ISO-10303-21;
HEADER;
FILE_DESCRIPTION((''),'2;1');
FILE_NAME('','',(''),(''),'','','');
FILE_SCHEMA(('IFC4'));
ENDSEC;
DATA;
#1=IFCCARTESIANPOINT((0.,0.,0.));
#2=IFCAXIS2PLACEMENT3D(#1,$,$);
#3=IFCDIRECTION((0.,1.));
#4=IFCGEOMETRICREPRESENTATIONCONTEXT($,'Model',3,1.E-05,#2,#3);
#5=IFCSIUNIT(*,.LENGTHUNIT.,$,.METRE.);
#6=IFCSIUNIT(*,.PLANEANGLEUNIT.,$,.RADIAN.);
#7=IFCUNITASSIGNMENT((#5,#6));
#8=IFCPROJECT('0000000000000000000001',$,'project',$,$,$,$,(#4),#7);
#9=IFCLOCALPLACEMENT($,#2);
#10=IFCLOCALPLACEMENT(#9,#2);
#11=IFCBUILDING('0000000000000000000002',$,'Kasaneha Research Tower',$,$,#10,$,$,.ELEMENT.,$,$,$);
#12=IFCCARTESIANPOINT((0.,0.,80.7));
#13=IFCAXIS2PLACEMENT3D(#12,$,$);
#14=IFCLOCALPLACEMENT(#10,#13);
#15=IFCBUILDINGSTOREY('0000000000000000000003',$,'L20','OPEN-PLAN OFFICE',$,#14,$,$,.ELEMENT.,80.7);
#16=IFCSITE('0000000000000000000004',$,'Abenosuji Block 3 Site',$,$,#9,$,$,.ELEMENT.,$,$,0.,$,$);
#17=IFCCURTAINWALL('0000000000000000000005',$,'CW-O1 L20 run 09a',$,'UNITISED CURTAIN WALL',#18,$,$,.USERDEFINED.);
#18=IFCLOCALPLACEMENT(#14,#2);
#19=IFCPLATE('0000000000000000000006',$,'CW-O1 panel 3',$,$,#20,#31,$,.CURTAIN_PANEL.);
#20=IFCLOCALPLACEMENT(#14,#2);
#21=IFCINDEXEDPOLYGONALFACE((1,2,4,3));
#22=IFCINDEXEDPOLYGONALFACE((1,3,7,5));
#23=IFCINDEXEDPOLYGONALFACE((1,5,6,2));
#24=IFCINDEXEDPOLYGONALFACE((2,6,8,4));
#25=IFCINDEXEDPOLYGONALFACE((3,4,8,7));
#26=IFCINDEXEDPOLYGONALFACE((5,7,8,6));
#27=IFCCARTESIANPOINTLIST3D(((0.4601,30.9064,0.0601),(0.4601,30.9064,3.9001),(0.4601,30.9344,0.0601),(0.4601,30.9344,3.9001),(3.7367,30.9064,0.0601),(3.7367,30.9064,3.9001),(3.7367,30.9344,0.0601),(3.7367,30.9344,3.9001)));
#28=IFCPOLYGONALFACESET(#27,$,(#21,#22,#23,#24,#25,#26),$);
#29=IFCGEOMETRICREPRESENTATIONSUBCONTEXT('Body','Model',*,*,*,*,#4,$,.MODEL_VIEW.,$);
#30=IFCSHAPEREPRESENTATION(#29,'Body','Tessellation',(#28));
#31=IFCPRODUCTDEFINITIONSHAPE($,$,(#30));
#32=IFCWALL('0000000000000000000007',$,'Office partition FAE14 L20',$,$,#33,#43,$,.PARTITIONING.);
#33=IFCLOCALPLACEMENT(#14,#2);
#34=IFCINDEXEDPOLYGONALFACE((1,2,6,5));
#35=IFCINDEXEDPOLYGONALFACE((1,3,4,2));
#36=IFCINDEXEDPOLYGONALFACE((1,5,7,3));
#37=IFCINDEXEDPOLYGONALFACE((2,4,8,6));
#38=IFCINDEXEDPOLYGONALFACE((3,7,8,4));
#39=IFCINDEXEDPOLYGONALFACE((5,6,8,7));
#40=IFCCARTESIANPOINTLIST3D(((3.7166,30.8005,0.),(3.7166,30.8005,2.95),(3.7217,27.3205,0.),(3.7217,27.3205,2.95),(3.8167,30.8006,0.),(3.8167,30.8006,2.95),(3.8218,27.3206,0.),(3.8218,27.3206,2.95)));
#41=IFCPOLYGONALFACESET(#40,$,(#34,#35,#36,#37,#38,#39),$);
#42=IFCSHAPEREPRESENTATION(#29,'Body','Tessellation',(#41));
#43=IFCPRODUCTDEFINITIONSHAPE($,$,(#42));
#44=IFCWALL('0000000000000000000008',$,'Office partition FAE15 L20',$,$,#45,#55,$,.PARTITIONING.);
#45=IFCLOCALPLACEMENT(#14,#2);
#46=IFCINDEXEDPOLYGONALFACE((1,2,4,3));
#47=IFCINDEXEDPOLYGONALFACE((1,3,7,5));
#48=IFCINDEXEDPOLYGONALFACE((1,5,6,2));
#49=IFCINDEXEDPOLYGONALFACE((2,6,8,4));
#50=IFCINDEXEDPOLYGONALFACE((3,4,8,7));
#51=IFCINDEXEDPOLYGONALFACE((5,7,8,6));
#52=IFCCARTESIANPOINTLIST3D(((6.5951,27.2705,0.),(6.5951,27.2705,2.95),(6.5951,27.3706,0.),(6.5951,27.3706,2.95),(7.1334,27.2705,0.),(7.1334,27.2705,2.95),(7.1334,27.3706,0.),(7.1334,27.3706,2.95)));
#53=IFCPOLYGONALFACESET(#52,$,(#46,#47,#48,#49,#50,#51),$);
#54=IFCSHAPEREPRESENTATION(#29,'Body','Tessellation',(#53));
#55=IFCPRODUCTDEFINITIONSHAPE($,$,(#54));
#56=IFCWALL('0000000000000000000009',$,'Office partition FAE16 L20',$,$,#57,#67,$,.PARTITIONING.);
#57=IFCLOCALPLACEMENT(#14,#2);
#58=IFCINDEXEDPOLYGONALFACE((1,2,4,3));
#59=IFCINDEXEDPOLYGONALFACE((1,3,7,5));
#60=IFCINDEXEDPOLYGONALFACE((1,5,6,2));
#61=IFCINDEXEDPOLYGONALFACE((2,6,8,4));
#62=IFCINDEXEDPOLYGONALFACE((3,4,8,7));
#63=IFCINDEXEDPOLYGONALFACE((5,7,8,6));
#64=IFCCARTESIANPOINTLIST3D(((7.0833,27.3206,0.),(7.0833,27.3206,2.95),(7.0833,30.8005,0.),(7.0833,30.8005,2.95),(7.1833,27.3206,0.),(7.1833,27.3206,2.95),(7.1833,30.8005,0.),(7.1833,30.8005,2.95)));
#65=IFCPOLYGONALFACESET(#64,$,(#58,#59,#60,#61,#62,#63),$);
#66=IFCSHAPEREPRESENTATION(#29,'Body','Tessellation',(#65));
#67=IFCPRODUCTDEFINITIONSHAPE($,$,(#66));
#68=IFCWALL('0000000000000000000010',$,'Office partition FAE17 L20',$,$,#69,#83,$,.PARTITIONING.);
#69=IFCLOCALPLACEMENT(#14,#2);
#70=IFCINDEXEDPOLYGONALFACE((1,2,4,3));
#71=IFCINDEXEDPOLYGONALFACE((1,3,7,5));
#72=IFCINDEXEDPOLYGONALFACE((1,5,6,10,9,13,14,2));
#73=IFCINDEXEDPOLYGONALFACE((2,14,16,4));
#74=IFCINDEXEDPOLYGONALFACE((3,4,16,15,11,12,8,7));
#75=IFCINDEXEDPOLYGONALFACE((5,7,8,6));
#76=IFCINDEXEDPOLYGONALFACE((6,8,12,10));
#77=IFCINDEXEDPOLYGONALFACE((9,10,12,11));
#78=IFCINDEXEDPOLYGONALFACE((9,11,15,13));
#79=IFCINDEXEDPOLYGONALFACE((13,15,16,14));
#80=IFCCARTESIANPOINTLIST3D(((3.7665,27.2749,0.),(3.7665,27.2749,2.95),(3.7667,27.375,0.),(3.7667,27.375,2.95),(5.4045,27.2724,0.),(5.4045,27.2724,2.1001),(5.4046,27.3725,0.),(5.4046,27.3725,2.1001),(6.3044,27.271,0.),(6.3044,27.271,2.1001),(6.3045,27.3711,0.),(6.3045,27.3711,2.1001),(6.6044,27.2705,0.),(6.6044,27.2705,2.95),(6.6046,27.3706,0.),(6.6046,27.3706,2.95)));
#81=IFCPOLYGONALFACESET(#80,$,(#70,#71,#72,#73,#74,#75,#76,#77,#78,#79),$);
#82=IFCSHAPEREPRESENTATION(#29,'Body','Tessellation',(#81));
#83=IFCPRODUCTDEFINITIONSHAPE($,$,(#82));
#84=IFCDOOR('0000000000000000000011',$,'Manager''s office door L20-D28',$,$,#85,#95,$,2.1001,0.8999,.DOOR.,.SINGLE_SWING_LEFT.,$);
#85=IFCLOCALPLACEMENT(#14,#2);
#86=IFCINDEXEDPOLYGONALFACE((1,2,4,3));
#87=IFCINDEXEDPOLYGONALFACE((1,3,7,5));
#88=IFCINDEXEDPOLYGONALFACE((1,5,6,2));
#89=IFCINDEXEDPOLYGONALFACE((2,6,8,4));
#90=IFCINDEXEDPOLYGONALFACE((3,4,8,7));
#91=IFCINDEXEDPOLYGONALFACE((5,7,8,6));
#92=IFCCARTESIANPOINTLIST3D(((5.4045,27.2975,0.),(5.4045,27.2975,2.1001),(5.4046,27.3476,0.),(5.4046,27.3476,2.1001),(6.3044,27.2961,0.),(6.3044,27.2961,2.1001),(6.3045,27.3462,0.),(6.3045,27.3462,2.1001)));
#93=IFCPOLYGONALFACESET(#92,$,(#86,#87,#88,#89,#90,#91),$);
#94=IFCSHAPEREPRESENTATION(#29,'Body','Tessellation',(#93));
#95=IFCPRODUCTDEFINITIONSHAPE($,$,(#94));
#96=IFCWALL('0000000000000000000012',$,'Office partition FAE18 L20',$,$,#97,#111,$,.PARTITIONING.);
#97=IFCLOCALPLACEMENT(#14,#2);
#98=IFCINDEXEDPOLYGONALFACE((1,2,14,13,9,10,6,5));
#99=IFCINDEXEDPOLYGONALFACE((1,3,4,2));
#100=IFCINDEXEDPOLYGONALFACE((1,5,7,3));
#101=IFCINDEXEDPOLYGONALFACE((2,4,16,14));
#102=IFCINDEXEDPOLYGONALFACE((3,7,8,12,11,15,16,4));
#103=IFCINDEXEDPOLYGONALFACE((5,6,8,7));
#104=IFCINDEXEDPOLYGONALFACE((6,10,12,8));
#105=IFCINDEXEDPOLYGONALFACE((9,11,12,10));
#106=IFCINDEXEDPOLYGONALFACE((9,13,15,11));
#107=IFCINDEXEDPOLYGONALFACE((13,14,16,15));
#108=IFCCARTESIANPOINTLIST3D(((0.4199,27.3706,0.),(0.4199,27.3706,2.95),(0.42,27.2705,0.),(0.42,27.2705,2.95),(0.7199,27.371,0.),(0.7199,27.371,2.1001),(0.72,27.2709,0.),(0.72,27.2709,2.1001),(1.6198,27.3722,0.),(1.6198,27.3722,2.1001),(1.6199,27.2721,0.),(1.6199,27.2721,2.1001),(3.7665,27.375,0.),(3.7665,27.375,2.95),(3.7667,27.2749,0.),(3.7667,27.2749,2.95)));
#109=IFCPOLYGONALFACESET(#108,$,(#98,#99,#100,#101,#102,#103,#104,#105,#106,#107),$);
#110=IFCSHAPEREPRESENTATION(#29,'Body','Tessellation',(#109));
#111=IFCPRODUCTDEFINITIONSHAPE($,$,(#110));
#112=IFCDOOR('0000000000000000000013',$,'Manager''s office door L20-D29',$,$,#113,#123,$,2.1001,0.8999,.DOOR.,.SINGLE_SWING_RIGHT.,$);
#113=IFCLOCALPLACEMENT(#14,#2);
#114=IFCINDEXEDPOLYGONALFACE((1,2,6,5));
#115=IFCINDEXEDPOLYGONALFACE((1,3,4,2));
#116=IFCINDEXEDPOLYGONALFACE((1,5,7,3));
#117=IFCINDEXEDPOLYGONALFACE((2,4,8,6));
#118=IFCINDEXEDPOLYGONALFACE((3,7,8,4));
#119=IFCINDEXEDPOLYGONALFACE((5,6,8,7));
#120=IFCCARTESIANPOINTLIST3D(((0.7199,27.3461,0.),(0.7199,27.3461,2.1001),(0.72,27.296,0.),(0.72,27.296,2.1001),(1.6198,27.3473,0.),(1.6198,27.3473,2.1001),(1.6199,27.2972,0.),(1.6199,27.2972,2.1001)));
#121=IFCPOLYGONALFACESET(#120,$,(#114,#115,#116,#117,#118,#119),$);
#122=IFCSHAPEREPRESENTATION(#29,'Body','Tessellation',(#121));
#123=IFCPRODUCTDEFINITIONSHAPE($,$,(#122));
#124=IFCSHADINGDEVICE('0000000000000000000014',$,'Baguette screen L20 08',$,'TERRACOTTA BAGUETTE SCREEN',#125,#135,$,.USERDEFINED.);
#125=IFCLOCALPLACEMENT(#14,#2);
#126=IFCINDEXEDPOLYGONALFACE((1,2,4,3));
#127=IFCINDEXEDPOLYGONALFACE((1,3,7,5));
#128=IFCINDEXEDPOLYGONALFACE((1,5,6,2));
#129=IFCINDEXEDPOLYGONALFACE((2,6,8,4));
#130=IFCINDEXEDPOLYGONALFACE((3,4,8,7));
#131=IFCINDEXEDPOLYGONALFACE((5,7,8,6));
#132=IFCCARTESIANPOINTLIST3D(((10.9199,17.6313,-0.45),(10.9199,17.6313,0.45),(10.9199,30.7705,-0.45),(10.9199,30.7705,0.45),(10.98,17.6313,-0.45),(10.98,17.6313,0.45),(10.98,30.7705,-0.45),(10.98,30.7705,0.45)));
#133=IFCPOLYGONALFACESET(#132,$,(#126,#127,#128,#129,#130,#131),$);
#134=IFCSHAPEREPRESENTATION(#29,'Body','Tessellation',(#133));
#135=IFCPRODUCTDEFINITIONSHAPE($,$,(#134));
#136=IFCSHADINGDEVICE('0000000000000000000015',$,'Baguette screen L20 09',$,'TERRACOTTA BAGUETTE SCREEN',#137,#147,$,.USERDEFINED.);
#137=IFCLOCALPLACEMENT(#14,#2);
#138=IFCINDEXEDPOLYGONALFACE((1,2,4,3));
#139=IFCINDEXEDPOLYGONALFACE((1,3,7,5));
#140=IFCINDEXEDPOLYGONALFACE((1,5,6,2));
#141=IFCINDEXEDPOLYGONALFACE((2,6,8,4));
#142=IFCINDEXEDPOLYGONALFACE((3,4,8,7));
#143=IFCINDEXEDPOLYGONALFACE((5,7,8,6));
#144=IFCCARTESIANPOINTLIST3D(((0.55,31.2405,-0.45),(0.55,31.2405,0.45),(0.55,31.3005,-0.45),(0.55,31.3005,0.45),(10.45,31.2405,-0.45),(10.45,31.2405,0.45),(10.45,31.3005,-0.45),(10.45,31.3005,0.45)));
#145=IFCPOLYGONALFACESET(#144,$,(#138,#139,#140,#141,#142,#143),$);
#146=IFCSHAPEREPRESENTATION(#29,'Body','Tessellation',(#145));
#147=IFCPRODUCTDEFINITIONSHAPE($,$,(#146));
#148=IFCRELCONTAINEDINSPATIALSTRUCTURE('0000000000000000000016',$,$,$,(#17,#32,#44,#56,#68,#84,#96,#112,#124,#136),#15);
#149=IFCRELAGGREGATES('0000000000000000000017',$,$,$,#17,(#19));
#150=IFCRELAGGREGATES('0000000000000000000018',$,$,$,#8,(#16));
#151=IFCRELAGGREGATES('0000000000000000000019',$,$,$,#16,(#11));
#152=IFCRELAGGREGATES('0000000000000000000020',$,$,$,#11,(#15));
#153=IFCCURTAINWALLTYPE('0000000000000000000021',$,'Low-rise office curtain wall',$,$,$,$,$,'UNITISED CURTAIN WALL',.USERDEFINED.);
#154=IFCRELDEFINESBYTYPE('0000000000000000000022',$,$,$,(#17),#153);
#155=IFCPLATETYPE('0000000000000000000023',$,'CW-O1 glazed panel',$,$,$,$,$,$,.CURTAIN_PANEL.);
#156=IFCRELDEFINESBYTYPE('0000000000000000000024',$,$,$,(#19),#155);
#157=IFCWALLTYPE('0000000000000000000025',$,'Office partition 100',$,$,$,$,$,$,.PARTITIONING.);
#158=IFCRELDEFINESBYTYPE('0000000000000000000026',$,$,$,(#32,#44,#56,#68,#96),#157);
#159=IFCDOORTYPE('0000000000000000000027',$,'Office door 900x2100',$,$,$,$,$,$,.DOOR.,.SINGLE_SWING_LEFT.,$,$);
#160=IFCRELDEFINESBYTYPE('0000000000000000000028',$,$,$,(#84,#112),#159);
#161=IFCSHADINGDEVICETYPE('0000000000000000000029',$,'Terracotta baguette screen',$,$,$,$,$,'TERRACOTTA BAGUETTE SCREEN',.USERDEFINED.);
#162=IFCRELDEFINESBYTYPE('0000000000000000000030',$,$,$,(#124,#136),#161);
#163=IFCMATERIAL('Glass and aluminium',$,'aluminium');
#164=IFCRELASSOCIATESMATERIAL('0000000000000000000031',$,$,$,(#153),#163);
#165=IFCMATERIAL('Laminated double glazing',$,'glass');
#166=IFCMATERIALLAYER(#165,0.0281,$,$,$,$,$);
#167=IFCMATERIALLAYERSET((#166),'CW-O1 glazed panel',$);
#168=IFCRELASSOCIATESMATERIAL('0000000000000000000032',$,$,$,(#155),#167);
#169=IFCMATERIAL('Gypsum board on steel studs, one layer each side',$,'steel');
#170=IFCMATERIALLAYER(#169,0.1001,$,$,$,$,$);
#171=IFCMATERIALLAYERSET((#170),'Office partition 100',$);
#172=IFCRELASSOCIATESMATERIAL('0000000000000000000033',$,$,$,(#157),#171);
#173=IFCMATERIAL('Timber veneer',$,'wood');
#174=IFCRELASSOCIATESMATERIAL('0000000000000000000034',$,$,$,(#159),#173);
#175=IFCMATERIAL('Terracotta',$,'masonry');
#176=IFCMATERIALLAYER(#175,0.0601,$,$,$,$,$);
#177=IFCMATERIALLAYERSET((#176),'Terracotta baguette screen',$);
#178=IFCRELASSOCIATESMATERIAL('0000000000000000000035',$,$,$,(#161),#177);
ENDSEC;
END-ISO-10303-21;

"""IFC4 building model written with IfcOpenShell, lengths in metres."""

from ifc_helpers import new_model, si_unit, direction, frame, frame_2d, origin, origin_2d, place, context, subcontext, project, spatial, rectangle, extrude, material, layer, layer_set, type_object, element, fill, aggregate, save


model = new_model("IFC4")

# Units and contexts
model_context = context("Model", 3, precision=1e-05, world=origin(), true_north=direction((0.0, 1.0)))
body_context = subcontext(model_context, "Body", "Model", "MODEL_VIEW")
ifc_project = project(units=[si_unit("LENGTHUNIT", "METRE"), si_unit("PLANEANGLEUNIT", "RADIAN")], contexts=[model_context])

# Site, building, storey
site_placement = place(None, origin())
site = spatial("IfcSite", under=ifc_project, at=site_placement, Name="Abenosuji Block 3 Site", CompositionType="ELEMENT", RefElevation=0.0)
building_placement = place(site_placement, origin())
building = spatial("IfcBuilding", under=site, at=building_placement, Name="Kasaneha Research Tower", CompositionType="ELEMENT")
storey_placement = place(building_placement, frame((0.0, 0.0, 80.7)))
storey = spatial("IfcBuildingStorey", under=building, at=storey_placement, Name="L20", Description="OPEN-PLAN OFFICE", CompositionType="ELEMENT", Elevation=80.7)

# Curtain wall
ifc_material_1 = material(Name="Glass and aluminium", Category="aluminium")
curtain_wall_type = type_object("IfcCurtainWallType", Name="Low-rise office curtain wall", ElementType="UNITISED CURTAIN WALL", PredefinedType="USERDEFINED", material=ifc_material_1)
curtain_wall_1_placement = place(storey_placement, origin())
curtain_wall_1 = element("IfcCurtainWall", 1, at=curtain_wall_1_placement, inside=storey, type_object=curtain_wall_type, Name="CW-O1 L20 run 09a", ObjectType="UNITISED CURTAIN WALL", PredefinedType="USERDEFINED")

# Plate
ifc_material_2 = material(Name="Laminated double glazing", Category="glass")
ifc_layer_1 = layer(ifc_material_2, 0.0281)
ifc_layer_set_1 = layer_set([ifc_layer_1], Name="CW-O1 glazed panel")
plate_type = type_object("IfcPlateType", Name="CW-O1 glazed panel", PredefinedType="CURTAIN_PANEL", material=ifc_layer_set_1)
plate_1_placement = place(storey_placement, frame((2.0984, 30.9204, 0.0601), z_axis=(0.0, 0.0, 1.0), x_axis=(-1.0, 0.0, 0.0)))
plate_1 = element("IfcPlate", 2, at=plate_1_placement, type_object=plate_type, Name="CW-O1 panel 3", PredefinedType="CURTAIN_PANEL", context=body_context, shape_type="SweptSolid", body=[
    extrude(rectangle(XDim=3.2766, YDim=0.0281, at=origin_2d()), origin(), (0.0, 0.0, 1.0), 3.8401),
])
aggregate(curtain_wall_1, [plate_1])

# Walls
ifc_material_3 = material(Name="Gypsum board on steel studs, one layer each side", Category="steel")
ifc_layer_2 = layer(ifc_material_3, 0.1001)
ifc_layer_set_2 = layer_set([ifc_layer_2], Name="Office partition 100")
wall_type = type_object("IfcWallType", Name="Office partition 100", PredefinedType="PARTITIONING", material=ifc_layer_set_2)
wall_1_placement = place(storey_placement, frame((3.7717, 27.3206, 0.0), z_axis=(0.0, 0.0, 1.0), x_axis=(-0.001473, 0.999999, 0.0)))
element("IfcWall", 3, at=wall_1_placement, inside=storey, type_object=wall_type, Name="Office partition FAE14 L20", PredefinedType="PARTITIONING", context=body_context, shape_type="SweptSolid", body=[
    extrude(rectangle(XDim=3.48, YDim=0.1001, at=frame_2d((1.74, 0.0))), origin(), (0.0, 0.0, 1.0), 2.95),
])
wall_2_placement = place(storey_placement, frame((7.1333, 27.3206, 0.0), z_axis=(0.0, 0.0, 1.0), x_axis=(-1.0, 0.0, 0.0)))
element("IfcWall", 4, at=wall_2_placement, inside=storey, type_object=wall_type, Name="Office partition FAE15 L20", PredefinedType="PARTITIONING", context=body_context, shape_type="SweptSolid", body=[
    extrude(rectangle(XDim=0.5383, YDim=0.1001, at=frame_2d((0.269, 0.0))), origin(), (0.0, 0.0, 1.0), 2.95),
])
wall_3_placement = place(storey_placement, frame((7.1333, 30.8005, 0.0), z_axis=(0.0, 0.0, 1.0), x_axis=(0.0, -1.0, 0.0)))
element("IfcWall", 5, at=wall_3_placement, inside=storey, type_object=wall_type, Name="Office partition FAE16 L20", PredefinedType="PARTITIONING", context=body_context, shape_type="SweptSolid", body=[
    extrude(rectangle(XDim=3.48, YDim=0.1001, at=frame_2d((1.74, 0.0))), origin(), (0.0, 0.0, 1.0), 2.95),
])

# Walls, openings, doors
wall_4_placement = place(storey_placement, frame((6.6045, 27.3206, 0.0), z_axis=(0.0, 0.0, 1.0), x_axis=(-0.999999, 0.001549, 0.0)))
wall_4 = element("IfcWall", 6, at=wall_4_placement, inside=storey, type_object=wall_type, Name="Office partition FAE17 L20", PredefinedType="PARTITIONING", context=body_context, shape_type="SweptSolid", body=[
    extrude(rectangle(XDim=2.8379, YDim=0.1001, at=frame_2d((1.4189, 0.0))), origin(), (0.0, 0.0, 1.0), 2.95),
])
opening_1_placement = place(wall_4_placement, frame((0.3, 0.0, 0.0)))
opening_1 = element("IfcOpeningElement", 7, at=opening_1_placement, cuts=wall_4, PredefinedType="OPENING", context=body_context, shape_type="SweptSolid", body=[
    extrude(rectangle(XDim=0.8999, YDim=2.1001, at=frame_2d((0.45, 1.05))), frame((0.0, 0.0601, 0.0), z_axis=(0.0, -1.0, 0.0), x_axis=(1.0, 0.0, 0.0)), (0.0, 0.0, 1.0), 0.1201),
])
ifc_material_4 = material(Name="Timber veneer", Category="wood")
door_type = type_object("IfcDoorType", Name="Office door 900x2100", OperationType="SINGLE_SWING_LEFT", PredefinedType="DOOR", material=ifc_material_4)
door_1_placement = place(opening_1_placement, origin())
door_1 = element("IfcDoor", 8, at=door_1_placement, inside=storey, type_object=door_type, Name="Manager's office door L20-D28", OperationType="SINGLE_SWING_LEFT", OverallHeight=2.1001, OverallWidth=0.8999, PredefinedType="DOOR", context=body_context, shape_type="SweptSolid", body=[
    extrude(rectangle(XDim=0.8999, YDim=2.1001, at=frame_2d((0.45, 1.05))), frame((0.0, 0.0249, 0.0), z_axis=(0.0, -1.0, 0.0), x_axis=(1.0, 0.0, 0.0)), (0.0, 0.0, 1.0), 0.05),
])
fill(opening_1, door_1)
wall_5_placement = place(storey_placement, frame((3.7666, 27.325, 0.0), z_axis=(0.0, 0.0, 1.0), x_axis=(-0.999999, -0.001313, 0.0)))
wall_5 = element("IfcWall", 9, at=wall_5_placement, inside=storey, type_object=wall_type, Name="Office partition FAE18 L20", PredefinedType="PARTITIONING", context=body_context, shape_type="SweptSolid", body=[
    extrude(rectangle(XDim=3.3467, YDim=0.1001, at=frame_2d((1.6733, 0.0))), origin(), (0.0, 0.0, 1.0), 2.95),
])
opening_2_placement = place(wall_5_placement, frame((2.1467, 0.0, 0.0)))
opening_2 = element("IfcOpeningElement", 10, at=opening_2_placement, cuts=wall_5, PredefinedType="OPENING", context=body_context, shape_type="SweptSolid", body=[
    extrude(rectangle(XDim=0.8999, YDim=2.1001, at=frame_2d((0.45, 1.05))), frame((0.0, 0.0601, 0.0), z_axis=(0.0, -1.0, 0.0), x_axis=(1.0, 0.0, 0.0)), (0.0, 0.0, 1.0), 0.1201),
])
door_2_placement = place(opening_2_placement, origin())
door_2 = element("IfcDoor", 11, at=door_2_placement, inside=storey, type_object=door_type, Name="Manager's office door L20-D29", OperationType="SINGLE_SWING_RIGHT", OverallHeight=2.1001, OverallWidth=0.8999, PredefinedType="DOOR", context=body_context, shape_type="SweptSolid", body=[
    extrude(rectangle(XDim=0.8999, YDim=2.1001, at=frame_2d((0.45, 1.05))), frame((0.0, 0.0249, 0.0), z_axis=(0.0, -1.0, 0.0), x_axis=(1.0, 0.0, 0.0)), (0.0, 0.0, 1.0), 0.05),
])
fill(opening_2, door_2)

# Shading devices
ifc_material_5 = material(Name="Terracotta", Category="masonry")
ifc_layer_3 = layer(ifc_material_5, 0.0601)
ifc_layer_set_3 = layer_set([ifc_layer_3], Name="Terracotta baguette screen")
shading_device_type = type_object("IfcShadingDeviceType", Name="Terracotta baguette screen", ElementType="TERRACOTTA BAGUETTE SCREEN", PredefinedType="USERDEFINED", material=ifc_layer_set_3)
shading_device_1_placement = place(storey_placement, frame((10.95, 24.2009, -0.45), z_axis=(0.0, 0.0, 1.0), x_axis=(0.0, 1.0, 0.0)))
element("IfcShadingDevice", 12, at=shading_device_1_placement, inside=storey, type_object=shading_device_type, Name="Baguette screen L20 08", ObjectType="TERRACOTTA BAGUETTE SCREEN", PredefinedType="USERDEFINED", context=body_context, shape_type="SweptSolid", body=[
    extrude(rectangle(XDim=13.1392, YDim=0.0601, at=origin_2d()), origin(), (0.0, 0.0, 1.0), 0.8999),
])
shading_device_2_placement = place(storey_placement, frame((5.5, 31.2705, -0.45), z_axis=(0.0, 0.0, 1.0), x_axis=(-1.0, 0.0, 0.0)))
element("IfcShadingDevice", 13, at=shading_device_2_placement, inside=storey, type_object=shading_device_type, Name="Baguette screen L20 09", ObjectType="TERRACOTTA BAGUETTE SCREEN", PredefinedType="USERDEFINED", context=body_context, shape_type="SweptSolid", body=[
    extrude(rectangle(XDim=9.8999, YDim=0.0601, at=origin_2d()), origin(), (0.0, 0.0, 1.0), 0.8999),
])

save(model, "model.ifc")
